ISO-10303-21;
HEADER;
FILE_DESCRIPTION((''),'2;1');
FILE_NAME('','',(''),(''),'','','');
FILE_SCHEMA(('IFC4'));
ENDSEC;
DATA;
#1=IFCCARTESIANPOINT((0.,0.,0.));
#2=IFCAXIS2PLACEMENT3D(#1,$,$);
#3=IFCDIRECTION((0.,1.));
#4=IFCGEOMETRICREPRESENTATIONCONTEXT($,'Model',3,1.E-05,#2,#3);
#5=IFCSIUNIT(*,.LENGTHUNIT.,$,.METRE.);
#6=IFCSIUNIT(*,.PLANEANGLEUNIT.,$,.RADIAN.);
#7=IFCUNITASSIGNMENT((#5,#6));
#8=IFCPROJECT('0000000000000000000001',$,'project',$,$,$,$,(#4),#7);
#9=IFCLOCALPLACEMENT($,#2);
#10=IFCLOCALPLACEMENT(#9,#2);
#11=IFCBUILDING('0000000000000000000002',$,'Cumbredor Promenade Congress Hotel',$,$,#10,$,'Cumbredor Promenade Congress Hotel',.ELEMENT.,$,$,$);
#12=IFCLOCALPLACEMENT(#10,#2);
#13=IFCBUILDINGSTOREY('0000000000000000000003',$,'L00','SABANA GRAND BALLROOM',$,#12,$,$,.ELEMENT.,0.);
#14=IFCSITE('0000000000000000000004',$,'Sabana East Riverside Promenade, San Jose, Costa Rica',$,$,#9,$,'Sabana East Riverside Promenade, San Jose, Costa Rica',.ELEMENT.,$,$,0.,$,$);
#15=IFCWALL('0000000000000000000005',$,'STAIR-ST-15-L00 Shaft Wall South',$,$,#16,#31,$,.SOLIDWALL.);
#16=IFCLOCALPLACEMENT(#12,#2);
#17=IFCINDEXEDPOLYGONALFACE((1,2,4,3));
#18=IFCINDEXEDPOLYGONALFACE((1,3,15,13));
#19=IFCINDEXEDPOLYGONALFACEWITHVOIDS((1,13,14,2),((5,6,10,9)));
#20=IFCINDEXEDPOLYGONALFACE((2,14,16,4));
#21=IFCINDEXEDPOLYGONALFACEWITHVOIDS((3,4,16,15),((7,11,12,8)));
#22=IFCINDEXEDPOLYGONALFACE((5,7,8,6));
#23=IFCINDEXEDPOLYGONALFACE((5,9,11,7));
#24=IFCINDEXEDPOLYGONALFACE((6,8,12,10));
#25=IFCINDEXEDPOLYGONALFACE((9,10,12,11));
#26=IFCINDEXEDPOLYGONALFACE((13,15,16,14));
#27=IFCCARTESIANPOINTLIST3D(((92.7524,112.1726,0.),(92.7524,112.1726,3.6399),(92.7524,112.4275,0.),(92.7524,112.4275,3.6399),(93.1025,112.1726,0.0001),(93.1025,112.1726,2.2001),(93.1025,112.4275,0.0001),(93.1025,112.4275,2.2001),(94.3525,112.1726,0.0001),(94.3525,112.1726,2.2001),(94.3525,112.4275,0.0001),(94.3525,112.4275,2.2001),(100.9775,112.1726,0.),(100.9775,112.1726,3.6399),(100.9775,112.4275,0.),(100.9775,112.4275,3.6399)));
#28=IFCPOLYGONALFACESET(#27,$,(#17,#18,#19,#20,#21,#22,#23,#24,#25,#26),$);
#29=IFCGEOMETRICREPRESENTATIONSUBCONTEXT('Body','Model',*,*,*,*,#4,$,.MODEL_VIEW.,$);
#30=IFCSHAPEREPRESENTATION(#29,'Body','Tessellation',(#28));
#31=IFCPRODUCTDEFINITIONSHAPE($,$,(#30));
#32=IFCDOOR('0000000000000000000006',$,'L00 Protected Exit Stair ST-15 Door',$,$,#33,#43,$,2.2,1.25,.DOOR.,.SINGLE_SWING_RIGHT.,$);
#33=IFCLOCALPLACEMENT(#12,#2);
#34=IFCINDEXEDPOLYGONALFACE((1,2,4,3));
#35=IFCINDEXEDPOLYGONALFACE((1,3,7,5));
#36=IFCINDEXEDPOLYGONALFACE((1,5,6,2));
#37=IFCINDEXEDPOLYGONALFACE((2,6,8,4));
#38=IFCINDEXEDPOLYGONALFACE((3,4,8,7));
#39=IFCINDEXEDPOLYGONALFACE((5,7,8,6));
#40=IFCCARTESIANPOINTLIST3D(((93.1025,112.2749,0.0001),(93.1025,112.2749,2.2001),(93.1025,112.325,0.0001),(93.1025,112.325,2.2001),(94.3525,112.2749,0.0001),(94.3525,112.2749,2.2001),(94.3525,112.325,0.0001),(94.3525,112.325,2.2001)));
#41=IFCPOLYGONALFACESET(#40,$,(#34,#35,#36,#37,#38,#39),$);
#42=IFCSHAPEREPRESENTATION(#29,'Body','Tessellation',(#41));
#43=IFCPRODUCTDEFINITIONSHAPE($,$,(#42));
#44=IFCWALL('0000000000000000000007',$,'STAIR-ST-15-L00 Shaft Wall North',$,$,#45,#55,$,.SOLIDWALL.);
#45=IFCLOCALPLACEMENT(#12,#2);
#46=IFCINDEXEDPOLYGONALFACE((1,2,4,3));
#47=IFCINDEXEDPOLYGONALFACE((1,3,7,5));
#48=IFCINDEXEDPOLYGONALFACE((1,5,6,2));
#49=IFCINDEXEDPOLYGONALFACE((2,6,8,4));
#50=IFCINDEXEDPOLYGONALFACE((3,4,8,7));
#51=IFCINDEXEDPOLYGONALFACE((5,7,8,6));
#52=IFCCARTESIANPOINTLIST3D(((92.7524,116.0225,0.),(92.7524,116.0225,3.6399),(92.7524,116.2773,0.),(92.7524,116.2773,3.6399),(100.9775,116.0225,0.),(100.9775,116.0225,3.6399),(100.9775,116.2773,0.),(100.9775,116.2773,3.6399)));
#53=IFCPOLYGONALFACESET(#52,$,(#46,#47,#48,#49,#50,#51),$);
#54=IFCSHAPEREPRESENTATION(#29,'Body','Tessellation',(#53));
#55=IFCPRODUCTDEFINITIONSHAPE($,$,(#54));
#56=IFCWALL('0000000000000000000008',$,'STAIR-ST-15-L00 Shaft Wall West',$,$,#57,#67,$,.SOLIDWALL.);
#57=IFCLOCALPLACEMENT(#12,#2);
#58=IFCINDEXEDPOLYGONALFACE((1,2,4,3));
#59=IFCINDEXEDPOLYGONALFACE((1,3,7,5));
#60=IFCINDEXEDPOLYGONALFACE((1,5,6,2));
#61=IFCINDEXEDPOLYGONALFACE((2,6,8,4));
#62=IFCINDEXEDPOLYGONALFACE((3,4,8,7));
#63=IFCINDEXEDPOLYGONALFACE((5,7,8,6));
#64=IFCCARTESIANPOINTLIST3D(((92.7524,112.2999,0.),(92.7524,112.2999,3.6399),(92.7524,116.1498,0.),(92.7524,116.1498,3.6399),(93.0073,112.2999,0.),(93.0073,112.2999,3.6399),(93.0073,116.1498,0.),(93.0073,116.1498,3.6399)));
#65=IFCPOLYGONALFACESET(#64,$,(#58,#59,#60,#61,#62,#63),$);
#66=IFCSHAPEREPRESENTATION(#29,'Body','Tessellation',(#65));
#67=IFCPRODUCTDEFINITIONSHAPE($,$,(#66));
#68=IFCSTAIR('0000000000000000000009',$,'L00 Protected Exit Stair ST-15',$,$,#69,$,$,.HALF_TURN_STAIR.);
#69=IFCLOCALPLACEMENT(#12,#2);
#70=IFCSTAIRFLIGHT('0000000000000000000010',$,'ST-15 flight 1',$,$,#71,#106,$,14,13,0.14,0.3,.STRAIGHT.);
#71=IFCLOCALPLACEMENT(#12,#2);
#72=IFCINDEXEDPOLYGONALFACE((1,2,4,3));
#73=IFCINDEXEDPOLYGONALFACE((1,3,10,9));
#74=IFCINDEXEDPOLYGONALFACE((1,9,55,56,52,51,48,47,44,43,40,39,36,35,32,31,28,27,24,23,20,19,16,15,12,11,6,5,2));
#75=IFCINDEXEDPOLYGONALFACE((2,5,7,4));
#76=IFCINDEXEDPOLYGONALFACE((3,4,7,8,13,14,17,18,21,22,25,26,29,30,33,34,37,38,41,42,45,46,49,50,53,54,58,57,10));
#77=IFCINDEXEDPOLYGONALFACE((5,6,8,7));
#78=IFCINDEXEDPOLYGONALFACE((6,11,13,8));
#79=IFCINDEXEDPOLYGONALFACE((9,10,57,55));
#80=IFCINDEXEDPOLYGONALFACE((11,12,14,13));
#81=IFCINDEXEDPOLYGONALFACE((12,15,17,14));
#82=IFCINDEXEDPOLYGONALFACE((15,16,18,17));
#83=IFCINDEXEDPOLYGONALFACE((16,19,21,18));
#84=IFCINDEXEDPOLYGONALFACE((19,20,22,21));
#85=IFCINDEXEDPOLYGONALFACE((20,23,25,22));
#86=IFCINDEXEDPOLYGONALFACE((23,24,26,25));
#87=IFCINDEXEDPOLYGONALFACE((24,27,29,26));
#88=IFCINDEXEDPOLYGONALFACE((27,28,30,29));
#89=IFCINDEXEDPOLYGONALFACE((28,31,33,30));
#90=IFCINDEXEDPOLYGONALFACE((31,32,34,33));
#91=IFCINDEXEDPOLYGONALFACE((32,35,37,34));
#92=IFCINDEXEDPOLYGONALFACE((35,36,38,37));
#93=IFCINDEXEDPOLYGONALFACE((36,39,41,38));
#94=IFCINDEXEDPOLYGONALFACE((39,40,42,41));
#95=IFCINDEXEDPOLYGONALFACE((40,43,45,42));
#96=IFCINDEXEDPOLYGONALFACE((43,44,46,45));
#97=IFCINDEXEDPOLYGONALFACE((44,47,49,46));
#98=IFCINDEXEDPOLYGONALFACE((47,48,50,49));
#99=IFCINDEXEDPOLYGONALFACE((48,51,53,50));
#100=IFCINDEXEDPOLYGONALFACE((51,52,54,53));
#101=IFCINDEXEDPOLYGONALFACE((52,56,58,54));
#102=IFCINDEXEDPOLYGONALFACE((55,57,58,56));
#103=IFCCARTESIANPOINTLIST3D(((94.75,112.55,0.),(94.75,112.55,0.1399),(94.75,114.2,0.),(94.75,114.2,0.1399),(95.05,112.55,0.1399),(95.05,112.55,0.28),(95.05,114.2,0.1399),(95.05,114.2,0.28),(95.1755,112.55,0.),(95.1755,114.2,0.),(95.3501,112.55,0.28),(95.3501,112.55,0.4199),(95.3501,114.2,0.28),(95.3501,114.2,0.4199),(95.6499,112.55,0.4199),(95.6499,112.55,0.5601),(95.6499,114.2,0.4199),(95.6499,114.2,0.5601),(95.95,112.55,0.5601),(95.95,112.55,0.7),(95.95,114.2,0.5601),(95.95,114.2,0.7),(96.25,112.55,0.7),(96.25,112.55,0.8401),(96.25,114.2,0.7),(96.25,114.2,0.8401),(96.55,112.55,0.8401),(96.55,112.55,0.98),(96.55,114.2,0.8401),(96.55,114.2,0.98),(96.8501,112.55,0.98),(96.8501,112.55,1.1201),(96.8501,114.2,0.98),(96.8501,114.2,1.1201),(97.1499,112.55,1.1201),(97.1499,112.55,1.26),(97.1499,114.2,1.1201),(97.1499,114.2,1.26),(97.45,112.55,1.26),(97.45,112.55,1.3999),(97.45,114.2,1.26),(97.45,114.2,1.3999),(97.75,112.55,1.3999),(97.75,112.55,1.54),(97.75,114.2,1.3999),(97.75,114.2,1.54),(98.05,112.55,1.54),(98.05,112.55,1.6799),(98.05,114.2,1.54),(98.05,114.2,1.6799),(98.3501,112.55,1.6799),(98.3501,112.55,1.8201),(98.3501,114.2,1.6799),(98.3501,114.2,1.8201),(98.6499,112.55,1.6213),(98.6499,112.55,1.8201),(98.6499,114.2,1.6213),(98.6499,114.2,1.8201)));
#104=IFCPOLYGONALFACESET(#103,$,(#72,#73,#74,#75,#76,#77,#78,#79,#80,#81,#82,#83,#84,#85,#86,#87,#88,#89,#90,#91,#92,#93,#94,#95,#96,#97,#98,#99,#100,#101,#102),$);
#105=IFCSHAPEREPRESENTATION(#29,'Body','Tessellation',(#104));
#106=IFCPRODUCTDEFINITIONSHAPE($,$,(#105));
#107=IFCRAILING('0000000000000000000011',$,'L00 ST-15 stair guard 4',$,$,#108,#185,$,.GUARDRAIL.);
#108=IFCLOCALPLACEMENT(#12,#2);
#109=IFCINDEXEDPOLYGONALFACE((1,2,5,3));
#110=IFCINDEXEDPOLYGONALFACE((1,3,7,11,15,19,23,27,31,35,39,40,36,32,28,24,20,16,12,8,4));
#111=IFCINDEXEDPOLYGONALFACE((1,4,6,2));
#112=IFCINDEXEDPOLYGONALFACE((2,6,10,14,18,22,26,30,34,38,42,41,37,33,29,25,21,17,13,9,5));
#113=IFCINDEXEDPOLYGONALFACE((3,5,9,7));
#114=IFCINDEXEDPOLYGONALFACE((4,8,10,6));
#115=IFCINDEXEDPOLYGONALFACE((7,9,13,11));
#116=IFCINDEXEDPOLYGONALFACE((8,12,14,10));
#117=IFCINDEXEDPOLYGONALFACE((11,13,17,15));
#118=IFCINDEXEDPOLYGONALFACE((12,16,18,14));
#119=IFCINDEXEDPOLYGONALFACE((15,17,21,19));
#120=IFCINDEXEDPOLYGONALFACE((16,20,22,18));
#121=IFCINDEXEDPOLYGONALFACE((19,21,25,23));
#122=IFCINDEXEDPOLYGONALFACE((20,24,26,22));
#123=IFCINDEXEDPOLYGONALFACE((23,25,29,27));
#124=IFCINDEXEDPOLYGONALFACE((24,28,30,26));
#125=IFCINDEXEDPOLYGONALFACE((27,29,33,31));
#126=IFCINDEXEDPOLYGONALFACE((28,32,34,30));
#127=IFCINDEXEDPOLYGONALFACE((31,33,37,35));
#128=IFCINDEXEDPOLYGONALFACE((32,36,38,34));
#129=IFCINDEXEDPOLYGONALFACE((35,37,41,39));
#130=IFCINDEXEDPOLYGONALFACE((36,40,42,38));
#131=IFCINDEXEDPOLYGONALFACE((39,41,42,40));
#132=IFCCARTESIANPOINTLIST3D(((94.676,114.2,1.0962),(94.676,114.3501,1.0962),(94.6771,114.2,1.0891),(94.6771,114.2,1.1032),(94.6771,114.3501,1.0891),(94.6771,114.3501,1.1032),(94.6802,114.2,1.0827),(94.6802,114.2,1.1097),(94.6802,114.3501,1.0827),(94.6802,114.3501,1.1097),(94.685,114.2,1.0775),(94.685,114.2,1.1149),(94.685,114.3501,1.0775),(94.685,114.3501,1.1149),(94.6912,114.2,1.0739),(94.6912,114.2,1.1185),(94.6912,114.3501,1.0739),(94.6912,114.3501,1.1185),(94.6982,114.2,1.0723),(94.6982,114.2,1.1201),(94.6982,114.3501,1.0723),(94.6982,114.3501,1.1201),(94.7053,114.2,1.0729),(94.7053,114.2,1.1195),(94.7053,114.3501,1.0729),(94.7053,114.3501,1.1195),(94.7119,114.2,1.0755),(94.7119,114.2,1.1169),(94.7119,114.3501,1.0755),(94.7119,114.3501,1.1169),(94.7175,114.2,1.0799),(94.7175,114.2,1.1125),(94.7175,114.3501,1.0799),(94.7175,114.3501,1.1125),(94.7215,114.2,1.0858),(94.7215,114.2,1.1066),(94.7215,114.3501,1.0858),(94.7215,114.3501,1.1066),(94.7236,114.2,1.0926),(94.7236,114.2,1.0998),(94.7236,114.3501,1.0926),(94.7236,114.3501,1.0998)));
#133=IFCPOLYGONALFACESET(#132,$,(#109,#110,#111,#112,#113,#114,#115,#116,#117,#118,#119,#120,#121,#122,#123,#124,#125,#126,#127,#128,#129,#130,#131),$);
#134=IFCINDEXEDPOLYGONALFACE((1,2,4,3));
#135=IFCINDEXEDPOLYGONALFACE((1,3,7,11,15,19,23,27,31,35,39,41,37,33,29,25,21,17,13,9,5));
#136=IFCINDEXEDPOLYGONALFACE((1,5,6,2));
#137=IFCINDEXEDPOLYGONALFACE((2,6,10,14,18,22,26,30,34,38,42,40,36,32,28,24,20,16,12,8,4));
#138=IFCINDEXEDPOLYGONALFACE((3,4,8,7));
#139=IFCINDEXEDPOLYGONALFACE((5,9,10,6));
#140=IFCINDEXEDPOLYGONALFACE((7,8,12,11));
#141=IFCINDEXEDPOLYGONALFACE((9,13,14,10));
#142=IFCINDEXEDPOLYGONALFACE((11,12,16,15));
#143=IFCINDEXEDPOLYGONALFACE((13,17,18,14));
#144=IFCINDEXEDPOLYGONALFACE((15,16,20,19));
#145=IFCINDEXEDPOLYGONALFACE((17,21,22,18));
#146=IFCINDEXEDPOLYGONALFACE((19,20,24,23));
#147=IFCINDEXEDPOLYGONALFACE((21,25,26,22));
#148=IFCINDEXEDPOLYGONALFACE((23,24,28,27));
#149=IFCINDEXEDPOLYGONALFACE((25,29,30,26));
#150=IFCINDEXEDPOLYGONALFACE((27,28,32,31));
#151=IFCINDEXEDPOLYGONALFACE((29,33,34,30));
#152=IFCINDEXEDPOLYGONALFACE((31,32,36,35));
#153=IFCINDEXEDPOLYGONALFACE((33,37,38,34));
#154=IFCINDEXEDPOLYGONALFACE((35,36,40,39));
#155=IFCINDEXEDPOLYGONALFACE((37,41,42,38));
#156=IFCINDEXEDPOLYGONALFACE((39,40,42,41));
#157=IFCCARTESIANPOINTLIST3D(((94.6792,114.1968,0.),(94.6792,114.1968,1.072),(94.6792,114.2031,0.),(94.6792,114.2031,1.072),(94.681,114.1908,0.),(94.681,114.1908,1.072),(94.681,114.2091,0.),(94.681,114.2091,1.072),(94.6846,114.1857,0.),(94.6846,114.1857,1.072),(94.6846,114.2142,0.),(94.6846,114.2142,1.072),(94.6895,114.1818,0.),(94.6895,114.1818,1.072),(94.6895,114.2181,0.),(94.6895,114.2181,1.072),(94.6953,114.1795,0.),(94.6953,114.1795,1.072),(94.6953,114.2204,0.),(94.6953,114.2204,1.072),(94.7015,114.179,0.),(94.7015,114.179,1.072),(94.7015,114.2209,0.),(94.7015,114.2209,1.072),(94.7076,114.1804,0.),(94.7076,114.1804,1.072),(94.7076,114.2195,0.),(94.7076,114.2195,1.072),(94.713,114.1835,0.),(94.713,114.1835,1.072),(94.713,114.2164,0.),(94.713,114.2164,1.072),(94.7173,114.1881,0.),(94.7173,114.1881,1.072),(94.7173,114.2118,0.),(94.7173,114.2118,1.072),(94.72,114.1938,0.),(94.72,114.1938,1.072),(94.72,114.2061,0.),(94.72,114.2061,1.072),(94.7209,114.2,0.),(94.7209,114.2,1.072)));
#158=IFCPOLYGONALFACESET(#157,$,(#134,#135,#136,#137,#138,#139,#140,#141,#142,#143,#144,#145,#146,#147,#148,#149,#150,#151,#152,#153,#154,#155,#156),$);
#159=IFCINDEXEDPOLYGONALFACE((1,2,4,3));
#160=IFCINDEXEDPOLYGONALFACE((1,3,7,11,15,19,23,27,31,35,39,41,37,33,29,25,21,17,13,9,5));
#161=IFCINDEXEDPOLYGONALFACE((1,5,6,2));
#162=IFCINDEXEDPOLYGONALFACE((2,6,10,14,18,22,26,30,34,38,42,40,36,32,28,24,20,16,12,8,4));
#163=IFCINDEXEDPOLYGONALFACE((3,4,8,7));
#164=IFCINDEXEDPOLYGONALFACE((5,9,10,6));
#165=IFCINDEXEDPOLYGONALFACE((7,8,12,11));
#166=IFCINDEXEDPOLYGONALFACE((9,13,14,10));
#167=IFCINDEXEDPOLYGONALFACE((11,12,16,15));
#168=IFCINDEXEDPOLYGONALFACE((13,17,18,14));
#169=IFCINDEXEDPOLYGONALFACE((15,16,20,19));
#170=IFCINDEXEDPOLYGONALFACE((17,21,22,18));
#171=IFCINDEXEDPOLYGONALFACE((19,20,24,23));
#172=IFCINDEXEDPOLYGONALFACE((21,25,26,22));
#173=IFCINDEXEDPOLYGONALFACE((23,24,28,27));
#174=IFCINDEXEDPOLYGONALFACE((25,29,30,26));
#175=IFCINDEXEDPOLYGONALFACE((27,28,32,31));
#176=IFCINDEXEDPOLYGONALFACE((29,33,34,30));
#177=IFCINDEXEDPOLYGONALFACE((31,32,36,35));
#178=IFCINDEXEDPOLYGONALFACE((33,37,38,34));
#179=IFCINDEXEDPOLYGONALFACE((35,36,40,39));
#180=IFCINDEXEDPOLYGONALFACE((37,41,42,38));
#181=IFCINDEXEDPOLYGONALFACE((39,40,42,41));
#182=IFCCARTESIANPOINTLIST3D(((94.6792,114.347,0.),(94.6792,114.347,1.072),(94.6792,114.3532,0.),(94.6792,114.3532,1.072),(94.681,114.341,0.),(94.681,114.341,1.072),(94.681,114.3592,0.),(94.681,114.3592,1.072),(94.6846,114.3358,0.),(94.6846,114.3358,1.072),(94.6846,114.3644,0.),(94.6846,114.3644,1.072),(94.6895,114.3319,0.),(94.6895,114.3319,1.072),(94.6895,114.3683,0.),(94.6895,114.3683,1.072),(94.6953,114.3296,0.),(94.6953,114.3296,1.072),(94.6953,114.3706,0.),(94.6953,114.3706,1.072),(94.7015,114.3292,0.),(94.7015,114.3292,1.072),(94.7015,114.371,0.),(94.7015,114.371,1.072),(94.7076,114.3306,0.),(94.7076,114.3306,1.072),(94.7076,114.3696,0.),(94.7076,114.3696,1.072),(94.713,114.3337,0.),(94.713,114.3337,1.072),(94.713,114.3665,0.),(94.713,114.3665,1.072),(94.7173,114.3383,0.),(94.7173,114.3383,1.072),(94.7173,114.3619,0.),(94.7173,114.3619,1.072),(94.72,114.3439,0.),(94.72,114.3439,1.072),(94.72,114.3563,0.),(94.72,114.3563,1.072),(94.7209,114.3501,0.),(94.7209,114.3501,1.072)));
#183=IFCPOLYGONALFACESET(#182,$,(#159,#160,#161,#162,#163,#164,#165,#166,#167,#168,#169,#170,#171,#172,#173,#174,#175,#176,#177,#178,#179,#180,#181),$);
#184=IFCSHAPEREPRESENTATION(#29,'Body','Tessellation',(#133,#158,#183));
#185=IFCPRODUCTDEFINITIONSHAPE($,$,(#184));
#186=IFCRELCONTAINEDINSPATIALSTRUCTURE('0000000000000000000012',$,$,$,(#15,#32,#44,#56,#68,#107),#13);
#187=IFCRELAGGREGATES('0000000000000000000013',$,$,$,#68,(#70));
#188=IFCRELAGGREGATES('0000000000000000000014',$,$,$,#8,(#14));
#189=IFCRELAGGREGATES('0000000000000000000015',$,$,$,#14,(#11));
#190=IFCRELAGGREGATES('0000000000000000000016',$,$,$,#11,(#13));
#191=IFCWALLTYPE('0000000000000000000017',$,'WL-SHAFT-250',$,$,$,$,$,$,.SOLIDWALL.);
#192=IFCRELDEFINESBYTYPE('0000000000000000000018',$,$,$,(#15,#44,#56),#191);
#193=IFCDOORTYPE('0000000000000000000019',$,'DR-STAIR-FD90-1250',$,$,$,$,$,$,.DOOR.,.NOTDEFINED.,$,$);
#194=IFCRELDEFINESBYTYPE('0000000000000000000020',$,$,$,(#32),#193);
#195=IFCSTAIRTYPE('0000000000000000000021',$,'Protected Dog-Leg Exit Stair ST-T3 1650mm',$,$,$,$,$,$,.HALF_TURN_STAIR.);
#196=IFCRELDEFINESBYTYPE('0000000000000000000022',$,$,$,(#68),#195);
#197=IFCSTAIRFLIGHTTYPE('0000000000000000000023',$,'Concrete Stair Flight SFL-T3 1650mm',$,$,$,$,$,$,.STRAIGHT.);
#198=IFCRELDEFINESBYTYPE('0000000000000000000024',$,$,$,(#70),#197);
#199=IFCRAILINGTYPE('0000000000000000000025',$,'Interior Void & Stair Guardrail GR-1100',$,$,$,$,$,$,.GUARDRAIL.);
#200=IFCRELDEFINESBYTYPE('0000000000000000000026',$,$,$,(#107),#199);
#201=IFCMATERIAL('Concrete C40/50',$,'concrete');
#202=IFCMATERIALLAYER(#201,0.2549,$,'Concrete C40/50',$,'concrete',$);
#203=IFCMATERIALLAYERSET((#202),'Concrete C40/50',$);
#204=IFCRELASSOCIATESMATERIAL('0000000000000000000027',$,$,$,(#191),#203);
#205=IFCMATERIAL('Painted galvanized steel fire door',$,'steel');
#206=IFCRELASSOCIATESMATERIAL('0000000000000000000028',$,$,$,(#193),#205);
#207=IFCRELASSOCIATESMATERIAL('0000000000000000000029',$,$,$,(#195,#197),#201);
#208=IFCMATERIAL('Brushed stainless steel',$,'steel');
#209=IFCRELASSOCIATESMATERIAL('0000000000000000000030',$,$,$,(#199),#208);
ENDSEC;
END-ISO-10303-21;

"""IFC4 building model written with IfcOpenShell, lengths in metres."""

from ifc_helpers import new_model, si_unit, direction, frame, frame_2d, origin, origin_2d, place, context, subcontext, project, spatial, polyline, rectangle, circle, outline, extrude, material, layer, layer_set, type_object, element, fill, aggregate, save


model = new_model("IFC4")

# Units and contexts
model_context = context("Model", 3, precision=1e-05, world=origin(), true_north=direction((0.0, 1.0)))
body_context = subcontext(model_context, "Body", "Model", "MODEL_VIEW")
ifc_project = project(units=[si_unit("LENGTHUNIT", "METRE"), si_unit("PLANEANGLEUNIT", "RADIAN")], contexts=[model_context])

# Site, building, storey
site_placement = place(None, origin())
site = spatial("IfcSite", under=ifc_project, at=site_placement, Name="Sabana East Riverside Promenade, San Jose, Costa Rica", LongName="Sabana East Riverside Promenade, San Jose, Costa Rica", CompositionType="ELEMENT", RefElevation=0.0)
building_placement = place(site_placement, origin())
building = spatial("IfcBuilding", under=site, at=building_placement, Name="Cumbredor Promenade Congress Hotel", LongName="Cumbredor Promenade Congress Hotel", CompositionType="ELEMENT")
storey_placement = place(building_placement, origin())
storey = spatial("IfcBuildingStorey", under=building, at=storey_placement, Name="L00", Description="SABANA GRAND BALLROOM", CompositionType="ELEMENT", Elevation=0.0)

# Shared definitions
ifc_material_1 = material(Name="Concrete C40/50", Category="concrete")

# Wall, opening, door
ifc_layer_1 = layer(ifc_material_1, 0.2549, Name="Concrete C40/50", Category="concrete")
ifc_layer_set_1 = layer_set([ifc_layer_1], Name="Concrete C40/50")
wall_type_1 = type_object("IfcWallType", Name="WL-SHAFT-250", PredefinedType="SOLIDWALL", material=ifc_layer_set_1)
wall_1_placement = place(storey_placement, frame((92.7524, 112.3, 0.0), z_axis=(0.0, 0.0, 1.0), x_axis=(1.0, 0.0, 0.0)))
wall_1 = element("IfcWall", 1, at=wall_1_placement, inside=storey, type_object=wall_type_1, Name="STAIR-ST-15-L00 Shaft Wall South", PredefinedType="SOLIDWALL", context=body_context, shape_type="SweptSolid", body=[
    extrude(rectangle(XDim=8.2251, YDim=0.2549, at=frame_2d((4.1125, 0.0))), origin(), (0.0, 0.0, 1.0), 3.6399),
])
opening_1_placement = place(wall_1_placement, frame((0.3501, 0.0, 0.0)))
opening_1 = element("IfcOpeningElement", 2, at=opening_1_placement, cuts=wall_1, PredefinedType="OPENING", context=body_context, shape_type="SweptSolid", body=[
    extrude(rectangle(XDim=1.25, YDim=2.2, at=frame_2d((0.625, 1.1001))), frame((0.0, 0.1375, 0.0), z_axis=(0.0, -1.0, 0.0), x_axis=(1.0, 0.0, 0.0)), (0.0, 0.0, 1.0), 0.2749),
])
ifc_material_2 = material(Name="Painted galvanized steel fire door", Category="steel")
door_type = type_object("IfcDoorType", Name="DR-STAIR-FD90-1250", OperationType="NOTDEFINED", PredefinedType="DOOR", material=ifc_material_2)
door_placement = place(opening_1_placement, origin())
door = element("IfcDoor", 3, at=door_placement, inside=storey, type_object=door_type, Name="L00 Protected Exit Stair ST-15 Door", OperationType="SINGLE_SWING_RIGHT", OverallHeight=2.2, OverallWidth=1.25, PredefinedType="DOOR", context=body_context, shape_type="SweptSolid", body=[
    extrude(rectangle(XDim=1.25, YDim=2.2, at=frame_2d((0.625, 1.1001))), frame((0.0, 0.0249, 0.0), z_axis=(0.0, -1.0, 0.0), x_axis=(1.0, 0.0, 0.0)), (0.0, 0.0, 1.0), 0.05),
])
fill(opening_1, door)

# Walls
wall_2_placement = place(storey_placement, frame((92.7524, 116.1499, 0.0), z_axis=(0.0, 0.0, 1.0), x_axis=(1.0, 0.0, 0.0)))
element("IfcWall", 4, at=wall_2_placement, inside=storey, type_object=wall_type_1, Name="STAIR-ST-15-L00 Shaft Wall North", PredefinedType="SOLIDWALL", context=body_context, shape_type="SweptSolid", body=[
    extrude(rectangle(XDim=8.2251, YDim=0.2549, at=frame_2d((4.1125, 0.0))), origin(), (0.0, 0.0, 1.0), 3.6399),
])
wall_3_placement = place(storey_placement, frame((92.8799, 112.3, 0.0), z_axis=(0.0, 0.0, 1.0), x_axis=(0.0, 1.0, 0.0)))
element("IfcWall", 5, at=wall_3_placement, inside=storey, type_object=wall_type_1, Name="STAIR-ST-15-L00 Shaft Wall West", PredefinedType="SOLIDWALL", context=body_context, shape_type="SweptSolid", body=[
    extrude(rectangle(XDim=3.8499, YDim=0.2549, at=frame_2d((1.9248, 0.0))), origin(), (0.0, 0.0, 1.0), 3.6399),
])

# Stair, stair flight
stair_type = type_object("IfcStairType", Name="Protected Dog-Leg Exit Stair ST-T3 1650mm", PredefinedType="HALF_TURN_STAIR", material=ifc_material_1)
stair_placement = place(storey_placement, origin())
stair = element("IfcStair", 6, at=stair_placement, inside=storey, type_object=stair_type, Name="L00 Protected Exit Stair ST-15", PredefinedType="HALF_TURN_STAIR")
stair_flight_type = type_object("IfcStairFlightType", Name="Concrete Stair Flight SFL-T3 1650mm", PredefinedType="STRAIGHT", material=ifc_material_1)
stair_flight_placement = place(storey_placement, frame((94.75, 113.375, 0.0), z_axis=(0.0, 0.0, 1.0), x_axis=(1.0, 0.0, 0.0)))
stair_flight = element("IfcStairFlight", 7, at=stair_flight_placement, type_object=stair_flight_type, Name="ST-15 flight 1", NumberOfRisers=14, NumberOfTreads=13, PredefinedType="STRAIGHT", RiserHeight=0.14, TreadLength=0.3, context=body_context, shape_type="SweptSolid", body=[
    extrude(outline(polyline([(0.0, 0.0), (0.0, 0.1399), (0.3, 0.1399), (0.3, 0.28), (0.6001, 0.28), (0.6001, 0.4199), (0.8999, 0.4199), (0.8999, 0.5601), (1.2, 0.5601), (1.2, 0.7), (1.5, 0.7), (1.5, 0.8401), (1.8, 0.8401), (1.8, 0.98), (2.1001, 0.98), (2.1001, 1.1201), (2.3999, 1.1201), (2.3999, 1.26), (2.7, 1.26), (2.7, 1.3999), (3.0, 1.3999), (3.0, 1.54), (3.3, 1.54), (3.3, 1.6799), (3.6001, 1.6799), (3.6001, 1.8201), (3.8999, 1.8201), (3.8999, 1.96), (3.8999, 1.6213), (0.4255, 0.0), (0.0, 0.0)])), frame((0.0, 0.825, 0.0), z_axis=(0.0, -1.0, 0.0), x_axis=(1.0, 0.0, 0.0)), (0.0, 0.0, 1.0), 1.6499),
])
aggregate(stair, [stair_flight])

# Railing
ifc_material_3 = material(Name="Brushed stainless steel", Category="steel")
railing_type_1 = type_object("IfcRailingType", Name="Interior Void & Stair Guardrail GR-1100", PredefinedType="GUARDRAIL", material=ifc_material_3)
railing_1_placement = place(storey_placement, frame((94.7, 114.2, 0.0)))
element("IfcRailing", 8, at=railing_1_placement, inside=storey, type_object=railing_type_1, Name="L00 ST-15 stair guard 4", PredefinedType="GUARDRAIL", context=body_context, shape_type="SweptSolid", body=[
    extrude(circle(Radius=0.0239, at=origin_2d()), frame((0.0, 0.0, 1.0962), z_axis=(0.0, 1.0, 0.0), x_axis=(-1.0, 0.0, 0.0)), (0.0, 0.0, 1.0), 0.1501),
    extrude(circle(Radius=0.021, at=origin_2d()), origin(), (0.0, 0.0, 1.0), 1.072),
    extrude(circle(Radius=0.021, at=origin_2d()), frame((0.0, 0.1501, 0.0)), (0.0, 0.0, 1.0), 1.072),
])

save(model, "model.ifc")
